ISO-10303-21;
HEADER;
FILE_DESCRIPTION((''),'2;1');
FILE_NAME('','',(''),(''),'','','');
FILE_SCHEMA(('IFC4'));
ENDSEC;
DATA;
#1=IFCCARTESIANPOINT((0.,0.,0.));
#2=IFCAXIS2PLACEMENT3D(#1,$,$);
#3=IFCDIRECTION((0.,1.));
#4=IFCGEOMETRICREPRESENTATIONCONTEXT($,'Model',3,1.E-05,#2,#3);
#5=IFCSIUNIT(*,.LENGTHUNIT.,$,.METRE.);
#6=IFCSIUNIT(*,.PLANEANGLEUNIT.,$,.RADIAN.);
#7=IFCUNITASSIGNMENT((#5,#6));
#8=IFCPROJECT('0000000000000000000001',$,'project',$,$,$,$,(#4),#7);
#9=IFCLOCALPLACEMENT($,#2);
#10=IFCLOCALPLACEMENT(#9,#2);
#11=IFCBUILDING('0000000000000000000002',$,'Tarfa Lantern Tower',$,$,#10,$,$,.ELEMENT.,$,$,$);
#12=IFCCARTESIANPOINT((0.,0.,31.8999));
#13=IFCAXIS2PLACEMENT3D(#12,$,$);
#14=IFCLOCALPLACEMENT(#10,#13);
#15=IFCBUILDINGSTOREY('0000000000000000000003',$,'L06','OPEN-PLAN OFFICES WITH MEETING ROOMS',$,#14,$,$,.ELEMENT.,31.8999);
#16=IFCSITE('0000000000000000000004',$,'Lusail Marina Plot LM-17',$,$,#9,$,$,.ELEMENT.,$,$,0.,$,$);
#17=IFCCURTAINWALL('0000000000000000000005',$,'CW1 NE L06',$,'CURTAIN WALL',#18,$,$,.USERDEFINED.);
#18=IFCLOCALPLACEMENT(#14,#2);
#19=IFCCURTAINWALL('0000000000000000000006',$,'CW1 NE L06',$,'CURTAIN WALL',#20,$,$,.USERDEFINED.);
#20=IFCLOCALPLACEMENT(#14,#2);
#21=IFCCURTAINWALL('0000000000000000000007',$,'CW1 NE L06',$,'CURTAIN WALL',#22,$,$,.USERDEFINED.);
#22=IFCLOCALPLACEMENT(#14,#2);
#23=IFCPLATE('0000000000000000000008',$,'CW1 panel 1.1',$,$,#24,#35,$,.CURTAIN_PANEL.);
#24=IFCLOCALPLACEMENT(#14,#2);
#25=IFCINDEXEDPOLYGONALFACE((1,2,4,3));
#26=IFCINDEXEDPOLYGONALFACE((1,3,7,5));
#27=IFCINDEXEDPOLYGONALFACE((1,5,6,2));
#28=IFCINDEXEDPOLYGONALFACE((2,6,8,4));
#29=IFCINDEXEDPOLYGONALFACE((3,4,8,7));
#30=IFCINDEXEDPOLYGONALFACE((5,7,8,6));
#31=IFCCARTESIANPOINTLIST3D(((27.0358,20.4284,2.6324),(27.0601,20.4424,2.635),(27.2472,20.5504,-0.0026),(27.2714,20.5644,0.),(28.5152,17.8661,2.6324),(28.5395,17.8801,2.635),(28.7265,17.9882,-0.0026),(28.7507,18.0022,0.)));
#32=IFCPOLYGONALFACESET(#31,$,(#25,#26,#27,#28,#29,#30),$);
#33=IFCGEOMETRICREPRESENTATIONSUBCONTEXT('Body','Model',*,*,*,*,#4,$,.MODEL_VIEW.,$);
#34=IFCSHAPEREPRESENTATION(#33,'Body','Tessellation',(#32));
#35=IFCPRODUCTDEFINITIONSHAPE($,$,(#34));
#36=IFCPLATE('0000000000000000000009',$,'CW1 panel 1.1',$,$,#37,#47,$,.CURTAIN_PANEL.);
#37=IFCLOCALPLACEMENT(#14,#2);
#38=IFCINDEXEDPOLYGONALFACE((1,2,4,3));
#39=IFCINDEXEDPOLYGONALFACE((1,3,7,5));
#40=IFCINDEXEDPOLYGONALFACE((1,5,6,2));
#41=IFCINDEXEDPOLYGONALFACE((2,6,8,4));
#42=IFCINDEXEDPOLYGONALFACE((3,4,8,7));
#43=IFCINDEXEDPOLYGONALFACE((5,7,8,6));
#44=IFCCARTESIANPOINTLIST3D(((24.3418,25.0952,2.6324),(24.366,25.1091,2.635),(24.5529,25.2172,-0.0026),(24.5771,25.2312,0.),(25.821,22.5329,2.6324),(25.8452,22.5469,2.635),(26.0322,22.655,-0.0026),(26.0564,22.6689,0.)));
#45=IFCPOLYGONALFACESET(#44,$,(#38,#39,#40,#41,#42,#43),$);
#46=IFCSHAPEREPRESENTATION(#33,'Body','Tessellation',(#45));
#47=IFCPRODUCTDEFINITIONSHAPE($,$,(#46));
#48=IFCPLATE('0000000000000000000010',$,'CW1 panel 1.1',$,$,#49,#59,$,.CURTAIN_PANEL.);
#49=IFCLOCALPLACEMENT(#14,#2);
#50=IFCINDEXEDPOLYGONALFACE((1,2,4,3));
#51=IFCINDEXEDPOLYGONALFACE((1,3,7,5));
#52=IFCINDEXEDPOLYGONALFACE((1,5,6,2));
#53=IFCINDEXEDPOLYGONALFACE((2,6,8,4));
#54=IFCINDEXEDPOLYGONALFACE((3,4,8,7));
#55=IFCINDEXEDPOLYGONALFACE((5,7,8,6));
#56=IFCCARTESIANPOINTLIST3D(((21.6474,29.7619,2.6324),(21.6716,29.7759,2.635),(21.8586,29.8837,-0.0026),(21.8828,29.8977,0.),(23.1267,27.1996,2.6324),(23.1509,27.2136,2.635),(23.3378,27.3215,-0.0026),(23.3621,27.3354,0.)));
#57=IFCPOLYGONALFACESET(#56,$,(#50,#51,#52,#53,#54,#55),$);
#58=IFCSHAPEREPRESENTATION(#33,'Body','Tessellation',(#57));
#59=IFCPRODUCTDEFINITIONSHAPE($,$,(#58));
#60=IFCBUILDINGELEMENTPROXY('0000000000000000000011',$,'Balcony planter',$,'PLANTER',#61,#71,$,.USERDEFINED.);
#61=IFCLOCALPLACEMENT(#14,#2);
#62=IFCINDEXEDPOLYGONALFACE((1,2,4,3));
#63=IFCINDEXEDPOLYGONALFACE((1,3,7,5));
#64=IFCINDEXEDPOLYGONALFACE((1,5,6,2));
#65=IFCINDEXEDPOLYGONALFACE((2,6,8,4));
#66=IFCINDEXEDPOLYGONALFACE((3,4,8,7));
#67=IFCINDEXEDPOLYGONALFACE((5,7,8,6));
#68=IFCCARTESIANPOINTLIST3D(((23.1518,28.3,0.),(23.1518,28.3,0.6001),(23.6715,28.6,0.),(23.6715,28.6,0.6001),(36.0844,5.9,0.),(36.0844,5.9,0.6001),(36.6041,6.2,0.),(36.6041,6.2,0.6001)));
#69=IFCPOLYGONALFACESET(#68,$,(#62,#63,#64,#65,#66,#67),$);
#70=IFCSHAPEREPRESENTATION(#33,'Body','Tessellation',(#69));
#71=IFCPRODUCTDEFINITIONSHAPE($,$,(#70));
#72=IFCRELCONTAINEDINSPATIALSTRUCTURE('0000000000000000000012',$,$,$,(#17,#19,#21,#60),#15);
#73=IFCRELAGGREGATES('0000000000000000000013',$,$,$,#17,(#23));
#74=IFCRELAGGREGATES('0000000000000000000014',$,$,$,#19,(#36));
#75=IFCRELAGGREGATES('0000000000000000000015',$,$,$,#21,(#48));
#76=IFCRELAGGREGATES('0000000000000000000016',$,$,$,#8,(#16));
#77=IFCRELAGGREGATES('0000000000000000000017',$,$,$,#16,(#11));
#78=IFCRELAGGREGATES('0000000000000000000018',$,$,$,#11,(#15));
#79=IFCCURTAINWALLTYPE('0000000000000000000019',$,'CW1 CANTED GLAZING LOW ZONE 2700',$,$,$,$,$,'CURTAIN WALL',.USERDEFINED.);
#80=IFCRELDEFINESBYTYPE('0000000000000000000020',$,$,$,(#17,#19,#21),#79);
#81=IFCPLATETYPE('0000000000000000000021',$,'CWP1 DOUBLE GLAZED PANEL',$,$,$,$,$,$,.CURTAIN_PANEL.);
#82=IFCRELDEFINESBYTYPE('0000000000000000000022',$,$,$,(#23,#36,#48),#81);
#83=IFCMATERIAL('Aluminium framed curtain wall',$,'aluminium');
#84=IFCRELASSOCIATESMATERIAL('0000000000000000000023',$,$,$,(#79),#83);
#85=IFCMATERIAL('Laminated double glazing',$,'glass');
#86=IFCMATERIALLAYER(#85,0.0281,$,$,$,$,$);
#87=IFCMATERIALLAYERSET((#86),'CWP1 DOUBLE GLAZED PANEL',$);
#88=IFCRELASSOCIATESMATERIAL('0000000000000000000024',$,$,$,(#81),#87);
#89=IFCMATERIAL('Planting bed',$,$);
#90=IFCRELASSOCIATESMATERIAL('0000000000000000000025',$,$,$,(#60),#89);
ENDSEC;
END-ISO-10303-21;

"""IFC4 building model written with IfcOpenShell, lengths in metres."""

from ifc_helpers import new_model, si_unit, direction, frame, origin, origin_2d, place, context, subcontext, project, spatial, polyline, rectangle, outline, extrude, material, layer, layer_set, type_object, element, aggregate, save


model = new_model("IFC4")

# Units and contexts
model_context = context("Model", 3, precision=1e-05, world=origin(), true_north=direction((0.0, 1.0)))
body_context = subcontext(model_context, "Body", "Model", "MODEL_VIEW")
ifc_project = project(units=[si_unit("LENGTHUNIT", "METRE"), si_unit("PLANEANGLEUNIT", "RADIAN")], contexts=[model_context])

# Site, building, storey
site_placement = place(None, origin())
site = spatial("IfcSite", under=ifc_project, at=site_placement, Name="Lusail Marina Plot LM-17", CompositionType="ELEMENT", RefElevation=0.0)
building_placement = place(site_placement, origin())
building = spatial("IfcBuilding", under=site, at=building_placement, Name="Tarfa Lantern Tower", CompositionType="ELEMENT")
storey_placement = place(building_placement, frame((0.0, 0.0, 31.8999)))
storey = spatial("IfcBuildingStorey", under=building, at=storey_placement, Name="L06", Description="OPEN-PLAN OFFICES WITH MEETING ROOMS", CompositionType="ELEMENT", Elevation=31.8999)

# Curtain walls
ifc_material_1 = material(Name="Aluminium framed curtain wall", Category="aluminium")
curtain_wall_type = type_object("IfcCurtainWallType", Name="CW1 CANTED GLAZING LOW ZONE 2700", ElementType="CURTAIN WALL", PredefinedType="USERDEFINED", material=ifc_material_1)
curtain_wall_1_placement = place(storey_placement, origin())
curtain_wall_1 = element("IfcCurtainWall", 1, at=curtain_wall_1_placement, inside=storey, type_object=curtain_wall_type, Name="CW1 NE L06", ObjectType="CURTAIN WALL", PredefinedType="USERDEFINED")
curtain_wall_2_placement = place(storey_placement, origin())
curtain_wall_2 = element("IfcCurtainWall", 2, at=curtain_wall_2_placement, inside=storey, type_object=curtain_wall_type, Name="CW1 NE L06", ObjectType="CURTAIN WALL", PredefinedType="USERDEFINED")
curtain_wall_3_placement = place(storey_placement, origin())
curtain_wall_3 = element("IfcCurtainWall", 3, at=curtain_wall_3_placement, inside=storey, type_object=curtain_wall_type, Name="CW1 NE L06", ObjectType="CURTAIN WALL", PredefinedType="USERDEFINED")

# Plates
ifc_material_2 = material(Name="Laminated double glazing", Category="glass")
ifc_layer = layer(ifc_material_2, 0.0281)
ifc_layer_set = layer_set([ifc_layer], Name="CWP1 DOUBLE GLAZED PANEL")
plate_type = type_object("IfcPlateType", Name="CWP1 DOUBLE GLAZED PANEL", PredefinedType="CURTAIN_PANEL", material=ifc_layer_set)
plate_1_placement = place(storey_placement, frame((28.7507, 18.0022, 0.0), z_axis=(0.862328, 0.497882, 0.092216), x_axis=(-0.500013, 0.866018, -0.000003)))
plate_1 = element("IfcPlate", 4, at=plate_1_placement, type_object=plate_type, Name="CW1 panel 1.1", PredefinedType="CURTAIN_PANEL", context=body_context, shape_type="SweptSolid", body=[
    extrude(outline(polyline([(0.0, 0.0), (2.9586, 0.0), (2.9586, 2.6463), (-0.0001, 2.6463), (0.0, 0.0)])), origin(), (0.0, 0.0, -1.0), 0.0281),
])
aggregate(curtain_wall_1, [plate_1])
plate_2_placement = place(storey_placement, frame((26.0564, 22.6689, 0.0), z_axis=(0.862349, 0.497853, 0.092176), x_axis=(-0.499982, 0.866036, 0.0)))
plate_2 = element("IfcPlate", 5, at=plate_2_placement, type_object=plate_type, Name="CW1 panel 1.1", PredefinedType="CURTAIN_PANEL", context=body_context, shape_type="SweptSolid", body=[
    extrude(outline(polyline([(0.0, 0.0), (2.9586, 0.0), (2.9585, 2.6463), (-0.0001, 2.6463), (0.0, 0.0)])), origin(), (0.0, 0.0, -1.0), 0.0281),
])
aggregate(curtain_wall_2, [plate_2])
plate_3_placement = place(storey_placement, frame((23.3621, 27.3354, 0.0), z_axis=(0.862353, 0.497856, 0.092131), x_axis=(-0.499982, 0.866036, 0.0)))
plate_3 = element("IfcPlate", 6, at=plate_3_placement, type_object=plate_type, Name="CW1 panel 1.1", PredefinedType="CURTAIN_PANEL", context=body_context, shape_type="SweptSolid", body=[
    extrude(outline(polyline([(0.0, 0.0), (2.9586, 0.0), (2.9587, 2.6463), (0.0001, 2.6463), (0.0, 0.0)])), origin(), (0.0, 0.0, -1.0), 0.0281),
])
aggregate(curtain_wall_3, [plate_3])

# Building element proxy
ifc_material_3 = material(Name="Planting bed")
proxy_placement = place(storey_placement, frame((29.8779, 17.25, 0.0), z_axis=(0.0, 0.0, 1.0), x_axis=(-0.5, 0.866025, 0.0)))
element("IfcBuildingElementProxy", 7, at=proxy_placement, inside=storey, material=ifc_material_3, Name="Balcony planter", ObjectType="PLANTER", PredefinedType="USERDEFINED", context=body_context, shape_type="SweptSolid", body=[
    extrude(rectangle(XDim=25.8652, YDim=0.6001, at=origin_2d()), origin(), (0.0, 0.0, 1.0), 0.6001),
])

save(model, "model.ifc")
